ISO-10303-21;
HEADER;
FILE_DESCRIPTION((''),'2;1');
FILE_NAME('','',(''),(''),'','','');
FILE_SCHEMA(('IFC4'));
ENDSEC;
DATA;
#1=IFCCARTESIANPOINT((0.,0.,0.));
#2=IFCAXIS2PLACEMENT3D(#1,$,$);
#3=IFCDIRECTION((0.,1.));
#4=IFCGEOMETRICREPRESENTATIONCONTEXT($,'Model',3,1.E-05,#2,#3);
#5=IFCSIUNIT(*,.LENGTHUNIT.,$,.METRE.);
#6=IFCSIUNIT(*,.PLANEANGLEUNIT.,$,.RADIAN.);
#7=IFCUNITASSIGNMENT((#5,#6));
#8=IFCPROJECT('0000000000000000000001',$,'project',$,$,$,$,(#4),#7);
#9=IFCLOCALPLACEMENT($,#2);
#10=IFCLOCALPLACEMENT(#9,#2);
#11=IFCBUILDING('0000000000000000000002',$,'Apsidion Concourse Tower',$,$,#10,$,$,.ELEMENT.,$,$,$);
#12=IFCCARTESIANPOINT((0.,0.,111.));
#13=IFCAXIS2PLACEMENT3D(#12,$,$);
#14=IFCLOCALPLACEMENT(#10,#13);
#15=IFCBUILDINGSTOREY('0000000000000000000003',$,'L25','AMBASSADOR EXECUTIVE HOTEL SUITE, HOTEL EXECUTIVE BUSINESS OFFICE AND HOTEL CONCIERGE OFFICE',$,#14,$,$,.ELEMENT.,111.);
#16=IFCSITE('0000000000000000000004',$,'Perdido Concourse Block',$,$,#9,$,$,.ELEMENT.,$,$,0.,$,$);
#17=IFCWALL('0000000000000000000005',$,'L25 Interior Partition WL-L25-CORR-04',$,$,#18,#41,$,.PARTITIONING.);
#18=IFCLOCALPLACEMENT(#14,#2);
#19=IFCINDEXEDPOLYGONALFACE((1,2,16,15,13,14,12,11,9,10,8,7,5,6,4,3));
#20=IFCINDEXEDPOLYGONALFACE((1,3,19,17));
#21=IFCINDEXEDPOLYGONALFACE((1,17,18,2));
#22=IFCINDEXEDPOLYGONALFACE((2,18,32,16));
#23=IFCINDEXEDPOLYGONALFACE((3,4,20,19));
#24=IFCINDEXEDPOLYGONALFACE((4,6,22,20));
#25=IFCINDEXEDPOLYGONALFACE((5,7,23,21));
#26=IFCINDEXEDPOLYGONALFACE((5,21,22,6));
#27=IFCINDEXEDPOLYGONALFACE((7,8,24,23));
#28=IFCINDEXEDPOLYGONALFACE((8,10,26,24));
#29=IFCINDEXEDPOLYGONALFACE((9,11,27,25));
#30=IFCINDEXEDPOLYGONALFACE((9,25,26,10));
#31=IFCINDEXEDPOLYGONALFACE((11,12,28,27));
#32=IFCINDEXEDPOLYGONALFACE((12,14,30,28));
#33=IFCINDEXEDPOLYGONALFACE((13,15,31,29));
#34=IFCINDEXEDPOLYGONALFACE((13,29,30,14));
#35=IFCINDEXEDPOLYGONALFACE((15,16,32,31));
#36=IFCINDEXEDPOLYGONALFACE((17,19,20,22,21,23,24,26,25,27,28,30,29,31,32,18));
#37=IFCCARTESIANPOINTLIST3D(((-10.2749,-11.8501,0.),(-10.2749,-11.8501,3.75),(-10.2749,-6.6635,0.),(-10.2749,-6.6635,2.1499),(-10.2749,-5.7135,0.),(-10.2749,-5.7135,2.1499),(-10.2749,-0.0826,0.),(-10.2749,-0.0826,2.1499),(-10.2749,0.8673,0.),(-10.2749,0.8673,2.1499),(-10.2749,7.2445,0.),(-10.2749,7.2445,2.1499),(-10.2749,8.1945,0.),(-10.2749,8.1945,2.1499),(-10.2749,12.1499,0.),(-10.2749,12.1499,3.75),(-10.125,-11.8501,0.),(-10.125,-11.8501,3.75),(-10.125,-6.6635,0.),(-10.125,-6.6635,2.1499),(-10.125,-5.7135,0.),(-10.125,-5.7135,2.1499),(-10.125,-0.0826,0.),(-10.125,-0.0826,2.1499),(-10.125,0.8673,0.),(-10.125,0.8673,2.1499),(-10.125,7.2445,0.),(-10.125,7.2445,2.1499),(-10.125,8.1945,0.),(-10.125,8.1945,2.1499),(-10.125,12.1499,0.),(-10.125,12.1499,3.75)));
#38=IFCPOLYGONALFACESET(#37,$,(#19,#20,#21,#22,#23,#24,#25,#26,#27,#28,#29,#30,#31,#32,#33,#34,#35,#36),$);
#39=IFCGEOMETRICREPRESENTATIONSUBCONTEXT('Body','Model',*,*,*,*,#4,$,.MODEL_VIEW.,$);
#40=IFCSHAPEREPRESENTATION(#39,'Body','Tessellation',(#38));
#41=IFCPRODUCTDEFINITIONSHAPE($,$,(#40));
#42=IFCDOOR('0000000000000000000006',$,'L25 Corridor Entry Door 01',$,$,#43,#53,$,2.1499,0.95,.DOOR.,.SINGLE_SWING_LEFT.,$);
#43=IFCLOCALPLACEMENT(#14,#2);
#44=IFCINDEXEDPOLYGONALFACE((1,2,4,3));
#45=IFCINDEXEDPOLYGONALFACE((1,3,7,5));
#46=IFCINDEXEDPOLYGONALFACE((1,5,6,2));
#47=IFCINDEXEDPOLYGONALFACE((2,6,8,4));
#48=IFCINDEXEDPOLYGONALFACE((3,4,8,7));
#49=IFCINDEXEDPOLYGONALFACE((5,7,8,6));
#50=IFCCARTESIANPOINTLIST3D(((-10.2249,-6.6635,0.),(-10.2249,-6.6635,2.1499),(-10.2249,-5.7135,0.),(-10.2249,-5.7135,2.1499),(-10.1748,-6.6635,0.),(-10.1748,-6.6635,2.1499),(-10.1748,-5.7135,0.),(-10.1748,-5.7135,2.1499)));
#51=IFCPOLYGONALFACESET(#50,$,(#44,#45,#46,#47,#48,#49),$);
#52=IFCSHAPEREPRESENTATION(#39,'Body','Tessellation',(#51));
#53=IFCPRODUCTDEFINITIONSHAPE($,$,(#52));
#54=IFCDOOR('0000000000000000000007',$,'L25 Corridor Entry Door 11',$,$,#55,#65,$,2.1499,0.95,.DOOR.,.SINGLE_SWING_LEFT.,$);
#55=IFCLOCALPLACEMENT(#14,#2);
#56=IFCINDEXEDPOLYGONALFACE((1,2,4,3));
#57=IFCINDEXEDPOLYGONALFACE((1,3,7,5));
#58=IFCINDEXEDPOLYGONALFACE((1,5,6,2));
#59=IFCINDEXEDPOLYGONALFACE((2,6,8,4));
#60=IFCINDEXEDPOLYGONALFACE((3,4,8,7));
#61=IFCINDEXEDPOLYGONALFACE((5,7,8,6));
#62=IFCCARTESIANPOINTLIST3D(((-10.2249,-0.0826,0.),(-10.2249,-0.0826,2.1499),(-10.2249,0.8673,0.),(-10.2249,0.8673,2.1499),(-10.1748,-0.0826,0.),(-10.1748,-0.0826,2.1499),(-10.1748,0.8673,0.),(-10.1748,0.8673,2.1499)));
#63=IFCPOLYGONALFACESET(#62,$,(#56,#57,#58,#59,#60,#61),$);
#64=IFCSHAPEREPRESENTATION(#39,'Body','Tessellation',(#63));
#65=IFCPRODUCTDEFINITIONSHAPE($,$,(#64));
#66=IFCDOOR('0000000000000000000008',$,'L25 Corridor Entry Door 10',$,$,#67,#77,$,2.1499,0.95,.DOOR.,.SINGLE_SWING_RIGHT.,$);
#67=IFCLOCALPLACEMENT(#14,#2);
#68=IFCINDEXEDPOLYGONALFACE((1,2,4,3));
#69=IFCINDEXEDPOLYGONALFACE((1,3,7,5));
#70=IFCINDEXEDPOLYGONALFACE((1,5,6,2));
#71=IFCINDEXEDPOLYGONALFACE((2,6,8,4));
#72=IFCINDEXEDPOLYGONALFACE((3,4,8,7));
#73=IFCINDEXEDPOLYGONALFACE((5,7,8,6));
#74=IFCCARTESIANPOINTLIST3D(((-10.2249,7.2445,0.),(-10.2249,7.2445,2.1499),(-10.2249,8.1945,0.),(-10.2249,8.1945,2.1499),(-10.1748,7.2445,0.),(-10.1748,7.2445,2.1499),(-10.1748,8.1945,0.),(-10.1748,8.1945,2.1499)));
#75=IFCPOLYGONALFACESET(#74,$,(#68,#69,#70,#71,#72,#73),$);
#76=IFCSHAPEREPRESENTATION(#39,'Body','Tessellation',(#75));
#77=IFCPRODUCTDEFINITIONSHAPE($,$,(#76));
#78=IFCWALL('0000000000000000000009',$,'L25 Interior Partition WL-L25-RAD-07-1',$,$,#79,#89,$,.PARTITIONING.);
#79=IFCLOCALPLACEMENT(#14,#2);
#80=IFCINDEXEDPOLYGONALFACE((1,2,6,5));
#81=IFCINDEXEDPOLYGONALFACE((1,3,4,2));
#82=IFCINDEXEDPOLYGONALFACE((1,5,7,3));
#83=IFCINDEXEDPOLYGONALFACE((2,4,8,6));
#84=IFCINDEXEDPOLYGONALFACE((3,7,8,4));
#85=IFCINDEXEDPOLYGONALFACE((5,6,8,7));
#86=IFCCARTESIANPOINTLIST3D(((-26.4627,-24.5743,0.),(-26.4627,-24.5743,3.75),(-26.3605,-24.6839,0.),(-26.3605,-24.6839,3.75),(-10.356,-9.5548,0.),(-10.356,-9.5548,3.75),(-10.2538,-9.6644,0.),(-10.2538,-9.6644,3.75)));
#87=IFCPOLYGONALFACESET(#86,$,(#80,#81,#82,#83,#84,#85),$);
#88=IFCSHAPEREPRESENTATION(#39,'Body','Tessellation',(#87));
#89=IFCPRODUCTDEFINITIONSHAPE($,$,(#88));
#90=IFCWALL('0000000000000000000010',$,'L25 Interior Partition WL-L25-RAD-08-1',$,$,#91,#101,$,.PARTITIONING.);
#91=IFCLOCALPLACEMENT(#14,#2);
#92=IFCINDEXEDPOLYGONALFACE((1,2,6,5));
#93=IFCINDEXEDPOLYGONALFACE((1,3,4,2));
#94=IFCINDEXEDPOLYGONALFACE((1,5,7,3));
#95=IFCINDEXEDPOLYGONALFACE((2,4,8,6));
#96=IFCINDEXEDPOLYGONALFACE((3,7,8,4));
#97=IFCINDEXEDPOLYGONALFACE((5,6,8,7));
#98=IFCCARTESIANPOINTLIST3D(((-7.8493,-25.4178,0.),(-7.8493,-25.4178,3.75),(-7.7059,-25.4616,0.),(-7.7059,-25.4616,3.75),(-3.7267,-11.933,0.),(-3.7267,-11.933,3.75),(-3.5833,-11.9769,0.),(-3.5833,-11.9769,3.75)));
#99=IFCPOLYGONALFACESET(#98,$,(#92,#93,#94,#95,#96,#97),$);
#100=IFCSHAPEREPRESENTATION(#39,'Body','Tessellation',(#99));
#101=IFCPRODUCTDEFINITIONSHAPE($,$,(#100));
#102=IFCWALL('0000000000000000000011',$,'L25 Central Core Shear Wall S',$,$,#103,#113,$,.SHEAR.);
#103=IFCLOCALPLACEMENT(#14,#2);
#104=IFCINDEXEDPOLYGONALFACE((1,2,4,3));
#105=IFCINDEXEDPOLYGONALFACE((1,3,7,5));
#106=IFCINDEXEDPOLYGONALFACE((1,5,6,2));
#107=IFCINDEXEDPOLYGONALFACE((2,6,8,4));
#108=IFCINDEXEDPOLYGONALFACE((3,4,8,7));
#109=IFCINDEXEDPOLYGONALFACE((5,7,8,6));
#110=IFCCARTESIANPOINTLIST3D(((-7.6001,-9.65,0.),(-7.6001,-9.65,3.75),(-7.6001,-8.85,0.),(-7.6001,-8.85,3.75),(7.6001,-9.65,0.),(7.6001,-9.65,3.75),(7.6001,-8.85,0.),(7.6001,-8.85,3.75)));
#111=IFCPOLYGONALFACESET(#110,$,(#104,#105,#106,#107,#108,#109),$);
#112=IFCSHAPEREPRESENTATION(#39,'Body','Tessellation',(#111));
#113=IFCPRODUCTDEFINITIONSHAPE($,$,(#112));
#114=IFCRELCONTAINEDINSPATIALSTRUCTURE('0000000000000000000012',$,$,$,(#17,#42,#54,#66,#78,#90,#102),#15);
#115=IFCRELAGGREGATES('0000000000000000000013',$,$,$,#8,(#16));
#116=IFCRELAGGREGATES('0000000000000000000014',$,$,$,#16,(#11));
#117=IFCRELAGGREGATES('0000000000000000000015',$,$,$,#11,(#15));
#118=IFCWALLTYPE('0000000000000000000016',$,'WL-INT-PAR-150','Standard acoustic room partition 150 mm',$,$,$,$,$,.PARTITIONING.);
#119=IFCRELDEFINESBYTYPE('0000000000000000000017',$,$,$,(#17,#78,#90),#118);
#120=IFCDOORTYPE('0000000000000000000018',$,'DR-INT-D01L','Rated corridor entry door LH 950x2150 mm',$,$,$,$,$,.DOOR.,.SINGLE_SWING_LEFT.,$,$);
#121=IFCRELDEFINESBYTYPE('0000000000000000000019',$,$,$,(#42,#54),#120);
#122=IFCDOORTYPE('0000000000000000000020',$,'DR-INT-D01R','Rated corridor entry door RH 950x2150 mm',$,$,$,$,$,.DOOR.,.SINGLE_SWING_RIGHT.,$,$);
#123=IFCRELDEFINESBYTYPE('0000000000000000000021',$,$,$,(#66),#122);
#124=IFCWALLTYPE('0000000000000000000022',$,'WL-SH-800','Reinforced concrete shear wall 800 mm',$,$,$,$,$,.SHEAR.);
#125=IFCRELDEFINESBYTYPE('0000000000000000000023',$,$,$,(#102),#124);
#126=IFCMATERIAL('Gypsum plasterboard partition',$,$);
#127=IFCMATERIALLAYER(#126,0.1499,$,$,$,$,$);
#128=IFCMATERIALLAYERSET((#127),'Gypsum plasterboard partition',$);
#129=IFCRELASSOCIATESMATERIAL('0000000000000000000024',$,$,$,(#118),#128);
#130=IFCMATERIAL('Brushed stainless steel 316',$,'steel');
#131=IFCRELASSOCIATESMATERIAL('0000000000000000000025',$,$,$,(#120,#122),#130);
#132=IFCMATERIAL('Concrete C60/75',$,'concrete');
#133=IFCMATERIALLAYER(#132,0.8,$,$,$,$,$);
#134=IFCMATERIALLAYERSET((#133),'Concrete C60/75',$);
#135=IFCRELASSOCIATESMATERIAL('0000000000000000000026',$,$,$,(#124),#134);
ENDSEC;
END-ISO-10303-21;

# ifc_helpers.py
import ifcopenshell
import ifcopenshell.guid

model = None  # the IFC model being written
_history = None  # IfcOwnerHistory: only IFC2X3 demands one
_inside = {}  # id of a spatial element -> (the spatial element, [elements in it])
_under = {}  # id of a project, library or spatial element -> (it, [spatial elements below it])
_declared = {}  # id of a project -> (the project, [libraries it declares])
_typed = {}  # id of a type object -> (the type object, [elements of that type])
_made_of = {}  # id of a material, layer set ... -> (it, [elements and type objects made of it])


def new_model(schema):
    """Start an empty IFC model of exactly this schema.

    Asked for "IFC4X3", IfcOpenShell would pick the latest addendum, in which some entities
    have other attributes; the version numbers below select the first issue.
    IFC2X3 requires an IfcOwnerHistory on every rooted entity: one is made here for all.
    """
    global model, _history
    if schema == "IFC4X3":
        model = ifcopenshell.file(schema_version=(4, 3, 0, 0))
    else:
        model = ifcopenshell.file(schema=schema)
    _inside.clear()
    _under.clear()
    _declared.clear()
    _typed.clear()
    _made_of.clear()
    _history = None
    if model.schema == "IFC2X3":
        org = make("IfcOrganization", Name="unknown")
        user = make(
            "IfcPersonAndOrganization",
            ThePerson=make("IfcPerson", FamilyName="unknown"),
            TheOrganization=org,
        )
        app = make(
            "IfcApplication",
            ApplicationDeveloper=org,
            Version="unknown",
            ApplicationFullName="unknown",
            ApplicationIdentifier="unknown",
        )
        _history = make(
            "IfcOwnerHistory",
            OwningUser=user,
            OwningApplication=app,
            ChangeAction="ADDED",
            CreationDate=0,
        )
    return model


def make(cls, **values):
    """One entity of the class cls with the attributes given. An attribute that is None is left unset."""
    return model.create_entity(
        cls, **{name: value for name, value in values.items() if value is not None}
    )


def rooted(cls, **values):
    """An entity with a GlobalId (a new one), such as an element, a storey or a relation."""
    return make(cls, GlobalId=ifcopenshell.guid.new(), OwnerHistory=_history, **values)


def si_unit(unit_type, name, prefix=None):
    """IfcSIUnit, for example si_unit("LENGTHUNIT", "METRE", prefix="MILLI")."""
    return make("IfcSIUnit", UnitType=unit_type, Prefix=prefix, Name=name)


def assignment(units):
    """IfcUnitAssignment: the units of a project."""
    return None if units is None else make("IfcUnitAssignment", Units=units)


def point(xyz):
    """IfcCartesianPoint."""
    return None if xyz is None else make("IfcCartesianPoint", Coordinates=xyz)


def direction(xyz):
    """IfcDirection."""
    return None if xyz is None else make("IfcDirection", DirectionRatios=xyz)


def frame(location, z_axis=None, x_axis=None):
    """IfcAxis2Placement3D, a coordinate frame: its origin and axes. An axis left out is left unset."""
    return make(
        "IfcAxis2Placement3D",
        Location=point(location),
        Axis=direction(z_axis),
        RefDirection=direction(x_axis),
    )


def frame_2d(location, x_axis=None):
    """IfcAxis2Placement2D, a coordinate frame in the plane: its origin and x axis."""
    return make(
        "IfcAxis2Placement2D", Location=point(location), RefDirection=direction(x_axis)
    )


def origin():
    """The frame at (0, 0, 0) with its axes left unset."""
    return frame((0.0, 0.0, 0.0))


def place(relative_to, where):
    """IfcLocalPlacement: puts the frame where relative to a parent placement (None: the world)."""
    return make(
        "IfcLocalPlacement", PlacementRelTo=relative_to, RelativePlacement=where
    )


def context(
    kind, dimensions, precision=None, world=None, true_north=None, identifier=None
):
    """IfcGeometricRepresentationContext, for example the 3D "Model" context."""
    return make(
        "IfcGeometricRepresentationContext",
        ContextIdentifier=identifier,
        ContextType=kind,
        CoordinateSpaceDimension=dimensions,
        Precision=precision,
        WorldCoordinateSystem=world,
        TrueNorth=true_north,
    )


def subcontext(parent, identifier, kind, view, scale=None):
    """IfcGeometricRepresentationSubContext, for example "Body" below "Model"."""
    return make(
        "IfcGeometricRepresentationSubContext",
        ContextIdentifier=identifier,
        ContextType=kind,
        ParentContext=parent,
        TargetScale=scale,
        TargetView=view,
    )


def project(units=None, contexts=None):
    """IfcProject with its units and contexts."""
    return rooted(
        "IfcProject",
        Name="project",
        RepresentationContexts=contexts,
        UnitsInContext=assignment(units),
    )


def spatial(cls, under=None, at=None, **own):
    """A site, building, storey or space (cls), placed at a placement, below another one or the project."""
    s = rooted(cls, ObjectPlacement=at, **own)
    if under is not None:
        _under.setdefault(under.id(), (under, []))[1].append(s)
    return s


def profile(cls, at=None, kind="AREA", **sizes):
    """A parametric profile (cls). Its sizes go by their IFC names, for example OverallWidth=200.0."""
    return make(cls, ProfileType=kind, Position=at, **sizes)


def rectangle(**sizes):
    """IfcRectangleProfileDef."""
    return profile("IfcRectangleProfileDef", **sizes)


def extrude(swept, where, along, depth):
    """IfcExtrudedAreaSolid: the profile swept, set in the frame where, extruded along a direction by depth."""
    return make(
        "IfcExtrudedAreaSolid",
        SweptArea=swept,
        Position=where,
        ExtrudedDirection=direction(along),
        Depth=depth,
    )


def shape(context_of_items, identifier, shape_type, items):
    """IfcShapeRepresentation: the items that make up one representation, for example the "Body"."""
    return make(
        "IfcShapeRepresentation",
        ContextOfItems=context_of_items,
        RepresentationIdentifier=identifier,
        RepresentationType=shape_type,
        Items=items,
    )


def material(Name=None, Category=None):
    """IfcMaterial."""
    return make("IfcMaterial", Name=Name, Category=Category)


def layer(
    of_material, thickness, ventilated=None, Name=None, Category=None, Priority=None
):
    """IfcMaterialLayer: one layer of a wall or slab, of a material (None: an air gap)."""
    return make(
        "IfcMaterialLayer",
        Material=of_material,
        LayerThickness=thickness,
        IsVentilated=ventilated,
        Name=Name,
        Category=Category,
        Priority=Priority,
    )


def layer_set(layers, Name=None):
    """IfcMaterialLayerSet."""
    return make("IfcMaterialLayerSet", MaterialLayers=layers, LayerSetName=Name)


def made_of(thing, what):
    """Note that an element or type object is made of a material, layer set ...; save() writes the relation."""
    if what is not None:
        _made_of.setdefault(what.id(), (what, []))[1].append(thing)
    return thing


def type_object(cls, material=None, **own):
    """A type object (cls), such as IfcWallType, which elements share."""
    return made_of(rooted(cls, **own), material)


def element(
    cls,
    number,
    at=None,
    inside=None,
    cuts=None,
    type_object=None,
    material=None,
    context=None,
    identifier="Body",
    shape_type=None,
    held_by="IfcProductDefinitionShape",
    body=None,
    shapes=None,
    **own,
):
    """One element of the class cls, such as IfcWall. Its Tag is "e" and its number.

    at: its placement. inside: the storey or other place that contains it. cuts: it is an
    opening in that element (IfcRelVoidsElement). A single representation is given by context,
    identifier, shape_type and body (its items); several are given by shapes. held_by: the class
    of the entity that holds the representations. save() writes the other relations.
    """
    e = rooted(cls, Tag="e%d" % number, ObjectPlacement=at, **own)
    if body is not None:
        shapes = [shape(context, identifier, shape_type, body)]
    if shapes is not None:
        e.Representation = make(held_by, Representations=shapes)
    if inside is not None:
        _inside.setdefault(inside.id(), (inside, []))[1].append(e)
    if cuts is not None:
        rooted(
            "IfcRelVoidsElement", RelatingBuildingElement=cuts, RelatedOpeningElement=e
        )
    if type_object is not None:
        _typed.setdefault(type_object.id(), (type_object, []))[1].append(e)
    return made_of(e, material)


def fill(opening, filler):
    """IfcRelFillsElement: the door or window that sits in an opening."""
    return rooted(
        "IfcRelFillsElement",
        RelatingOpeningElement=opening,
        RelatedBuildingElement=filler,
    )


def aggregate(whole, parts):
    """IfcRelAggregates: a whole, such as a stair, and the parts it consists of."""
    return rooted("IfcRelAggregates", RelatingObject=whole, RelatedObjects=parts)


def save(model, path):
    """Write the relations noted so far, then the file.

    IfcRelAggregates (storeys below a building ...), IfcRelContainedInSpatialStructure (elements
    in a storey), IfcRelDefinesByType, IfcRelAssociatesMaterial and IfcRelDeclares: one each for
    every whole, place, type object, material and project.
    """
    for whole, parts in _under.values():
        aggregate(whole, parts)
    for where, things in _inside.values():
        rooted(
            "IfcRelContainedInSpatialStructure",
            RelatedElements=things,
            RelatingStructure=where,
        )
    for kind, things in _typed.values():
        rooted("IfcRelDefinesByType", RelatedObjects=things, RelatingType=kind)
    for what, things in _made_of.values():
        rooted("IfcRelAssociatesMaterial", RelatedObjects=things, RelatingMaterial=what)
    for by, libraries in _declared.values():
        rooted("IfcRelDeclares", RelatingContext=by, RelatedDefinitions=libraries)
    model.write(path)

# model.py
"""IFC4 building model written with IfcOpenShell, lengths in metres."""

from ifc_helpers import new_model, si_unit, direction, frame, frame_2d, origin, place, context, subcontext, project, spatial, rectangle, extrude, material, layer, layer_set, type_object, element, fill, save


model = new_model("IFC4")

# Units and contexts
model_context = context("Model", 3, precision=1e-05, world=origin(), true_north=direction((0.0, 1.0)))
body_context = subcontext(model_context, "Body", "Model", "MODEL_VIEW")
ifc_project = project(units=[si_unit("LENGTHUNIT", "METRE"), si_unit("PLANEANGLEUNIT", "RADIAN")], contexts=[model_context])

# Site, building, storey
site_placement = place(None, origin())
site = spatial("IfcSite", under=ifc_project, at=site_placement, Name="Perdido Concourse Block", CompositionType="ELEMENT", RefElevation=0.0)
building_placement = place(site_placement, origin())
building = spatial("IfcBuilding", under=site, at=building_placement, Name="Apsidion Concourse Tower", CompositionType="ELEMENT")
storey_placement = place(building_placement, frame((0.0, 0.0, 111.0)))
storey = spatial("IfcBuildingStorey", under=building, at=storey_placement, Name="L25", Description="AMBASSADOR EXECUTIVE HOTEL SUITE, HOTEL EXECUTIVE BUSINESS OFFICE AND HOTEL CONCIERGE OFFICE", CompositionType="ELEMENT", Elevation=111.0)

# Shared definitions
ifc_material_1 = material(Name="Concrete C60/75", Category="concrete")

# Shared definitions
ifc_material_2 = material(Name="Gypsum plasterboard partition")

# Shared definitions
ifc_layer_1 = layer(ifc_material_2, 0.1499)
ifc_layer_set_1 = layer_set([ifc_layer_1], Name="Gypsum plasterboard partition")
wall_type_1 = type_object("IfcWallType", Name="WL-INT-PAR-150", Description="Standard acoustic room partition 150 mm", PredefinedType="PARTITIONING", material=ifc_layer_set_1)

# Wall, openings, doors
wall_1_placement = place(storey_placement, frame((-10.2, -11.8501, 0.0), z_axis=(0.0, 0.0, 1.0), x_axis=(0.0, 1.0, 0.0)))
wall_1 = element("IfcWall", 1, at=wall_1_placement, inside=storey, type_object=wall_type_1, Name="L25 Interior Partition WL-L25-CORR-04", PredefinedType="PARTITIONING", context=body_context, shape_type="SweptSolid", body=[
    extrude(rectangle(XDim=24.0, YDim=0.1499, at=frame_2d((12.0, 0.0))), origin(), (0.0, 0.0, 1.0), 3.75),
])
opening_1_placement = place(wall_1_placement, frame((5.1865, 0.0, 0.0)))
opening_1 = element("IfcOpeningElement", 2, at=opening_1_placement, cuts=wall_1, PredefinedType="OPENING", context=body_context, shape_type="SweptSolid", body=[
    extrude(rectangle(XDim=0.95, YDim=2.1499, at=frame_2d((0.4751, 1.075))), frame((0.0, 0.085, 0.0), z_axis=(0.0, -1.0, 0.0), x_axis=(1.0, 0.0, 0.0)), (0.0, 0.0, 1.0), 0.1699),
])
opening_2_placement = place(wall_1_placement, frame((19.0945, 0.0, 0.0)))
opening_2 = element("IfcOpeningElement", 3, at=opening_2_placement, cuts=wall_1, PredefinedType="OPENING", context=body_context, shape_type="SweptSolid", body=[
    extrude(rectangle(XDim=0.95, YDim=2.1499, at=frame_2d((0.4751, 1.075))), frame((0.0, 0.085, 0.0), z_axis=(0.0, -1.0, 0.0), x_axis=(1.0, 0.0, 0.0)), (0.0, 0.0, 1.0), 0.1699),
])
opening_3_placement = place(wall_1_placement, frame((11.7673, 0.0, 0.0)))
opening_3 = element("IfcOpeningElement", 4, at=opening_3_placement, cuts=wall_1, PredefinedType="OPENING", context=body_context, shape_type="SweptSolid", body=[
    extrude(rectangle(XDim=0.95, YDim=2.1499, at=frame_2d((0.4751, 1.075))), frame((0.0, 0.085, 0.0), z_axis=(0.0, -1.0, 0.0), x_axis=(1.0, 0.0, 0.0)), (0.0, 0.0, 1.0), 0.1699),
])
ifc_material_3 = material(Name="Brushed stainless steel 316", Category="steel")
door_type_1 = type_object("IfcDoorType", Name="DR-INT-D01L", Description="Rated corridor entry door LH 950x2150 mm", OperationType="SINGLE_SWING_LEFT", PredefinedType="DOOR", material=ifc_material_3)
door_1_placement = place(opening_1_placement, origin())
door_1 = element("IfcDoor", 5, at=door_1_placement, inside=storey, type_object=door_type_1, Name="L25 Corridor Entry Door 01", OperationType="SINGLE_SWING_LEFT", OverallHeight=2.1499, OverallWidth=0.95, PredefinedType="DOOR", context=body_context, shape_type="SweptSolid", body=[
    extrude(rectangle(XDim=0.95, YDim=2.1499, at=frame_2d((0.4751, 1.075))), frame((0.0, 0.0249, 0.0), z_axis=(0.0, -1.0, 0.0), x_axis=(1.0, 0.0, 0.0)), (0.0, 0.0, 1.0), 0.05),
])
fill(opening_1, door_1)
door_2_placement = place(opening_3_placement, origin())
door_2 = element("IfcDoor", 6, at=door_2_placement, inside=storey, type_object=door_type_1, Name="L25 Corridor Entry Door 11", OperationType="SINGLE_SWING_LEFT", OverallHeight=2.1499, OverallWidth=0.95, PredefinedType="DOOR", context=body_context, shape_type="SweptSolid", body=[
    extrude(rectangle(XDim=0.95, YDim=2.1499, at=frame_2d((0.4751, 1.075))), frame((0.0, 0.0249, 0.0), z_axis=(0.0, -1.0, 0.0), x_axis=(1.0, 0.0, 0.0)), (0.0, 0.0, 1.0), 0.05),
])
fill(opening_3, door_2)
door_type_2 = type_object("IfcDoorType", Name="DR-INT-D01R", Description="Rated corridor entry door RH 950x2150 mm", OperationType="SINGLE_SWING_RIGHT", PredefinedType="DOOR", material=ifc_material_3)
door_3_placement = place(opening_2_placement, origin())
door_3 = element("IfcDoor", 7, at=door_3_placement, inside=storey, type_object=door_type_2, Name="L25 Corridor Entry Door 10", OperationType="SINGLE_SWING_RIGHT", OverallHeight=2.1499, OverallWidth=0.95, PredefinedType="DOOR", context=body_context, shape_type="SweptSolid", body=[
    extrude(rectangle(XDim=0.95, YDim=2.1499, at=frame_2d((0.4751, 1.075))), frame((0.0, 0.0249, 0.0), z_axis=(0.0, -1.0, 0.0), x_axis=(1.0, 0.0, 0.0)), (0.0, 0.0, 1.0), 0.05),
])
fill(opening_2, door_3)

# Walls
wall_2_placement = place(storey_placement, frame((-10.3049, -9.6096, 0.0), z_axis=(0.0, 0.0, 1.0), x_axis=(-0.731358, -0.681994, 0.0)))
element("IfcWall", 8, at=wall_2_placement, inside=storey, type_object=wall_type_1, Name="L25 Interior Partition WL-L25-RAD-07-1", PredefinedType="PARTITIONING", context=body_context, shape_type="SweptSolid", body=[
    extrude(rectangle(XDim=22.0229, YDim=0.1499, at=frame_2d((11.0115, 0.0))), origin(), (0.0, 0.0, 1.0), 3.75),
])
wall_3_placement = place(storey_placement, frame((-3.655, -11.9551, 0.0), z_axis=(0.0, 0.0, 1.0), x_axis=(-0.292365, -0.956307, 0.0)))
element("IfcWall", 9, at=wall_3_placement, inside=storey, type_object=wall_type_1, Name="L25 Interior Partition WL-L25-RAD-08-1", PredefinedType="PARTITIONING", context=body_context, shape_type="SweptSolid", body=[
    extrude(rectangle(XDim=14.1008, YDim=0.1499, at=frame_2d((7.0503, 0.0))), origin(), (0.0, 0.0, 1.0), 3.75),
])

# Shared definitions
ifc_layer_2 = layer(ifc_material_1, 0.8)
ifc_layer_set_2 = layer_set([ifc_layer_2], Name="Concrete C60/75")
wall_type_2 = type_object("IfcWallType", Name="WL-SH-800", Description="Reinforced concrete shear wall 800 mm", PredefinedType="SHEAR", material=ifc_layer_set_2)

# Wall
wall_4_placement = place(storey_placement, frame((-7.6001, -9.25, 0.0), z_axis=(0.0, 0.0, 1.0), x_axis=(1.0, 0.0, 0.0)))
element("IfcWall", 10, at=wall_4_placement, inside=storey, type_object=wall_type_2, Name="L25 Central Core Shear Wall S", PredefinedType="SHEAR", context=body_context, shape_type="SweptSolid", body=[
    extrude(rectangle(XDim=15.2002, YDim=0.8, at=frame_2d((7.6001, 0.0))), origin(), (0.0, 0.0, 1.0), 3.75),
])

save(model, "model.ifc")
